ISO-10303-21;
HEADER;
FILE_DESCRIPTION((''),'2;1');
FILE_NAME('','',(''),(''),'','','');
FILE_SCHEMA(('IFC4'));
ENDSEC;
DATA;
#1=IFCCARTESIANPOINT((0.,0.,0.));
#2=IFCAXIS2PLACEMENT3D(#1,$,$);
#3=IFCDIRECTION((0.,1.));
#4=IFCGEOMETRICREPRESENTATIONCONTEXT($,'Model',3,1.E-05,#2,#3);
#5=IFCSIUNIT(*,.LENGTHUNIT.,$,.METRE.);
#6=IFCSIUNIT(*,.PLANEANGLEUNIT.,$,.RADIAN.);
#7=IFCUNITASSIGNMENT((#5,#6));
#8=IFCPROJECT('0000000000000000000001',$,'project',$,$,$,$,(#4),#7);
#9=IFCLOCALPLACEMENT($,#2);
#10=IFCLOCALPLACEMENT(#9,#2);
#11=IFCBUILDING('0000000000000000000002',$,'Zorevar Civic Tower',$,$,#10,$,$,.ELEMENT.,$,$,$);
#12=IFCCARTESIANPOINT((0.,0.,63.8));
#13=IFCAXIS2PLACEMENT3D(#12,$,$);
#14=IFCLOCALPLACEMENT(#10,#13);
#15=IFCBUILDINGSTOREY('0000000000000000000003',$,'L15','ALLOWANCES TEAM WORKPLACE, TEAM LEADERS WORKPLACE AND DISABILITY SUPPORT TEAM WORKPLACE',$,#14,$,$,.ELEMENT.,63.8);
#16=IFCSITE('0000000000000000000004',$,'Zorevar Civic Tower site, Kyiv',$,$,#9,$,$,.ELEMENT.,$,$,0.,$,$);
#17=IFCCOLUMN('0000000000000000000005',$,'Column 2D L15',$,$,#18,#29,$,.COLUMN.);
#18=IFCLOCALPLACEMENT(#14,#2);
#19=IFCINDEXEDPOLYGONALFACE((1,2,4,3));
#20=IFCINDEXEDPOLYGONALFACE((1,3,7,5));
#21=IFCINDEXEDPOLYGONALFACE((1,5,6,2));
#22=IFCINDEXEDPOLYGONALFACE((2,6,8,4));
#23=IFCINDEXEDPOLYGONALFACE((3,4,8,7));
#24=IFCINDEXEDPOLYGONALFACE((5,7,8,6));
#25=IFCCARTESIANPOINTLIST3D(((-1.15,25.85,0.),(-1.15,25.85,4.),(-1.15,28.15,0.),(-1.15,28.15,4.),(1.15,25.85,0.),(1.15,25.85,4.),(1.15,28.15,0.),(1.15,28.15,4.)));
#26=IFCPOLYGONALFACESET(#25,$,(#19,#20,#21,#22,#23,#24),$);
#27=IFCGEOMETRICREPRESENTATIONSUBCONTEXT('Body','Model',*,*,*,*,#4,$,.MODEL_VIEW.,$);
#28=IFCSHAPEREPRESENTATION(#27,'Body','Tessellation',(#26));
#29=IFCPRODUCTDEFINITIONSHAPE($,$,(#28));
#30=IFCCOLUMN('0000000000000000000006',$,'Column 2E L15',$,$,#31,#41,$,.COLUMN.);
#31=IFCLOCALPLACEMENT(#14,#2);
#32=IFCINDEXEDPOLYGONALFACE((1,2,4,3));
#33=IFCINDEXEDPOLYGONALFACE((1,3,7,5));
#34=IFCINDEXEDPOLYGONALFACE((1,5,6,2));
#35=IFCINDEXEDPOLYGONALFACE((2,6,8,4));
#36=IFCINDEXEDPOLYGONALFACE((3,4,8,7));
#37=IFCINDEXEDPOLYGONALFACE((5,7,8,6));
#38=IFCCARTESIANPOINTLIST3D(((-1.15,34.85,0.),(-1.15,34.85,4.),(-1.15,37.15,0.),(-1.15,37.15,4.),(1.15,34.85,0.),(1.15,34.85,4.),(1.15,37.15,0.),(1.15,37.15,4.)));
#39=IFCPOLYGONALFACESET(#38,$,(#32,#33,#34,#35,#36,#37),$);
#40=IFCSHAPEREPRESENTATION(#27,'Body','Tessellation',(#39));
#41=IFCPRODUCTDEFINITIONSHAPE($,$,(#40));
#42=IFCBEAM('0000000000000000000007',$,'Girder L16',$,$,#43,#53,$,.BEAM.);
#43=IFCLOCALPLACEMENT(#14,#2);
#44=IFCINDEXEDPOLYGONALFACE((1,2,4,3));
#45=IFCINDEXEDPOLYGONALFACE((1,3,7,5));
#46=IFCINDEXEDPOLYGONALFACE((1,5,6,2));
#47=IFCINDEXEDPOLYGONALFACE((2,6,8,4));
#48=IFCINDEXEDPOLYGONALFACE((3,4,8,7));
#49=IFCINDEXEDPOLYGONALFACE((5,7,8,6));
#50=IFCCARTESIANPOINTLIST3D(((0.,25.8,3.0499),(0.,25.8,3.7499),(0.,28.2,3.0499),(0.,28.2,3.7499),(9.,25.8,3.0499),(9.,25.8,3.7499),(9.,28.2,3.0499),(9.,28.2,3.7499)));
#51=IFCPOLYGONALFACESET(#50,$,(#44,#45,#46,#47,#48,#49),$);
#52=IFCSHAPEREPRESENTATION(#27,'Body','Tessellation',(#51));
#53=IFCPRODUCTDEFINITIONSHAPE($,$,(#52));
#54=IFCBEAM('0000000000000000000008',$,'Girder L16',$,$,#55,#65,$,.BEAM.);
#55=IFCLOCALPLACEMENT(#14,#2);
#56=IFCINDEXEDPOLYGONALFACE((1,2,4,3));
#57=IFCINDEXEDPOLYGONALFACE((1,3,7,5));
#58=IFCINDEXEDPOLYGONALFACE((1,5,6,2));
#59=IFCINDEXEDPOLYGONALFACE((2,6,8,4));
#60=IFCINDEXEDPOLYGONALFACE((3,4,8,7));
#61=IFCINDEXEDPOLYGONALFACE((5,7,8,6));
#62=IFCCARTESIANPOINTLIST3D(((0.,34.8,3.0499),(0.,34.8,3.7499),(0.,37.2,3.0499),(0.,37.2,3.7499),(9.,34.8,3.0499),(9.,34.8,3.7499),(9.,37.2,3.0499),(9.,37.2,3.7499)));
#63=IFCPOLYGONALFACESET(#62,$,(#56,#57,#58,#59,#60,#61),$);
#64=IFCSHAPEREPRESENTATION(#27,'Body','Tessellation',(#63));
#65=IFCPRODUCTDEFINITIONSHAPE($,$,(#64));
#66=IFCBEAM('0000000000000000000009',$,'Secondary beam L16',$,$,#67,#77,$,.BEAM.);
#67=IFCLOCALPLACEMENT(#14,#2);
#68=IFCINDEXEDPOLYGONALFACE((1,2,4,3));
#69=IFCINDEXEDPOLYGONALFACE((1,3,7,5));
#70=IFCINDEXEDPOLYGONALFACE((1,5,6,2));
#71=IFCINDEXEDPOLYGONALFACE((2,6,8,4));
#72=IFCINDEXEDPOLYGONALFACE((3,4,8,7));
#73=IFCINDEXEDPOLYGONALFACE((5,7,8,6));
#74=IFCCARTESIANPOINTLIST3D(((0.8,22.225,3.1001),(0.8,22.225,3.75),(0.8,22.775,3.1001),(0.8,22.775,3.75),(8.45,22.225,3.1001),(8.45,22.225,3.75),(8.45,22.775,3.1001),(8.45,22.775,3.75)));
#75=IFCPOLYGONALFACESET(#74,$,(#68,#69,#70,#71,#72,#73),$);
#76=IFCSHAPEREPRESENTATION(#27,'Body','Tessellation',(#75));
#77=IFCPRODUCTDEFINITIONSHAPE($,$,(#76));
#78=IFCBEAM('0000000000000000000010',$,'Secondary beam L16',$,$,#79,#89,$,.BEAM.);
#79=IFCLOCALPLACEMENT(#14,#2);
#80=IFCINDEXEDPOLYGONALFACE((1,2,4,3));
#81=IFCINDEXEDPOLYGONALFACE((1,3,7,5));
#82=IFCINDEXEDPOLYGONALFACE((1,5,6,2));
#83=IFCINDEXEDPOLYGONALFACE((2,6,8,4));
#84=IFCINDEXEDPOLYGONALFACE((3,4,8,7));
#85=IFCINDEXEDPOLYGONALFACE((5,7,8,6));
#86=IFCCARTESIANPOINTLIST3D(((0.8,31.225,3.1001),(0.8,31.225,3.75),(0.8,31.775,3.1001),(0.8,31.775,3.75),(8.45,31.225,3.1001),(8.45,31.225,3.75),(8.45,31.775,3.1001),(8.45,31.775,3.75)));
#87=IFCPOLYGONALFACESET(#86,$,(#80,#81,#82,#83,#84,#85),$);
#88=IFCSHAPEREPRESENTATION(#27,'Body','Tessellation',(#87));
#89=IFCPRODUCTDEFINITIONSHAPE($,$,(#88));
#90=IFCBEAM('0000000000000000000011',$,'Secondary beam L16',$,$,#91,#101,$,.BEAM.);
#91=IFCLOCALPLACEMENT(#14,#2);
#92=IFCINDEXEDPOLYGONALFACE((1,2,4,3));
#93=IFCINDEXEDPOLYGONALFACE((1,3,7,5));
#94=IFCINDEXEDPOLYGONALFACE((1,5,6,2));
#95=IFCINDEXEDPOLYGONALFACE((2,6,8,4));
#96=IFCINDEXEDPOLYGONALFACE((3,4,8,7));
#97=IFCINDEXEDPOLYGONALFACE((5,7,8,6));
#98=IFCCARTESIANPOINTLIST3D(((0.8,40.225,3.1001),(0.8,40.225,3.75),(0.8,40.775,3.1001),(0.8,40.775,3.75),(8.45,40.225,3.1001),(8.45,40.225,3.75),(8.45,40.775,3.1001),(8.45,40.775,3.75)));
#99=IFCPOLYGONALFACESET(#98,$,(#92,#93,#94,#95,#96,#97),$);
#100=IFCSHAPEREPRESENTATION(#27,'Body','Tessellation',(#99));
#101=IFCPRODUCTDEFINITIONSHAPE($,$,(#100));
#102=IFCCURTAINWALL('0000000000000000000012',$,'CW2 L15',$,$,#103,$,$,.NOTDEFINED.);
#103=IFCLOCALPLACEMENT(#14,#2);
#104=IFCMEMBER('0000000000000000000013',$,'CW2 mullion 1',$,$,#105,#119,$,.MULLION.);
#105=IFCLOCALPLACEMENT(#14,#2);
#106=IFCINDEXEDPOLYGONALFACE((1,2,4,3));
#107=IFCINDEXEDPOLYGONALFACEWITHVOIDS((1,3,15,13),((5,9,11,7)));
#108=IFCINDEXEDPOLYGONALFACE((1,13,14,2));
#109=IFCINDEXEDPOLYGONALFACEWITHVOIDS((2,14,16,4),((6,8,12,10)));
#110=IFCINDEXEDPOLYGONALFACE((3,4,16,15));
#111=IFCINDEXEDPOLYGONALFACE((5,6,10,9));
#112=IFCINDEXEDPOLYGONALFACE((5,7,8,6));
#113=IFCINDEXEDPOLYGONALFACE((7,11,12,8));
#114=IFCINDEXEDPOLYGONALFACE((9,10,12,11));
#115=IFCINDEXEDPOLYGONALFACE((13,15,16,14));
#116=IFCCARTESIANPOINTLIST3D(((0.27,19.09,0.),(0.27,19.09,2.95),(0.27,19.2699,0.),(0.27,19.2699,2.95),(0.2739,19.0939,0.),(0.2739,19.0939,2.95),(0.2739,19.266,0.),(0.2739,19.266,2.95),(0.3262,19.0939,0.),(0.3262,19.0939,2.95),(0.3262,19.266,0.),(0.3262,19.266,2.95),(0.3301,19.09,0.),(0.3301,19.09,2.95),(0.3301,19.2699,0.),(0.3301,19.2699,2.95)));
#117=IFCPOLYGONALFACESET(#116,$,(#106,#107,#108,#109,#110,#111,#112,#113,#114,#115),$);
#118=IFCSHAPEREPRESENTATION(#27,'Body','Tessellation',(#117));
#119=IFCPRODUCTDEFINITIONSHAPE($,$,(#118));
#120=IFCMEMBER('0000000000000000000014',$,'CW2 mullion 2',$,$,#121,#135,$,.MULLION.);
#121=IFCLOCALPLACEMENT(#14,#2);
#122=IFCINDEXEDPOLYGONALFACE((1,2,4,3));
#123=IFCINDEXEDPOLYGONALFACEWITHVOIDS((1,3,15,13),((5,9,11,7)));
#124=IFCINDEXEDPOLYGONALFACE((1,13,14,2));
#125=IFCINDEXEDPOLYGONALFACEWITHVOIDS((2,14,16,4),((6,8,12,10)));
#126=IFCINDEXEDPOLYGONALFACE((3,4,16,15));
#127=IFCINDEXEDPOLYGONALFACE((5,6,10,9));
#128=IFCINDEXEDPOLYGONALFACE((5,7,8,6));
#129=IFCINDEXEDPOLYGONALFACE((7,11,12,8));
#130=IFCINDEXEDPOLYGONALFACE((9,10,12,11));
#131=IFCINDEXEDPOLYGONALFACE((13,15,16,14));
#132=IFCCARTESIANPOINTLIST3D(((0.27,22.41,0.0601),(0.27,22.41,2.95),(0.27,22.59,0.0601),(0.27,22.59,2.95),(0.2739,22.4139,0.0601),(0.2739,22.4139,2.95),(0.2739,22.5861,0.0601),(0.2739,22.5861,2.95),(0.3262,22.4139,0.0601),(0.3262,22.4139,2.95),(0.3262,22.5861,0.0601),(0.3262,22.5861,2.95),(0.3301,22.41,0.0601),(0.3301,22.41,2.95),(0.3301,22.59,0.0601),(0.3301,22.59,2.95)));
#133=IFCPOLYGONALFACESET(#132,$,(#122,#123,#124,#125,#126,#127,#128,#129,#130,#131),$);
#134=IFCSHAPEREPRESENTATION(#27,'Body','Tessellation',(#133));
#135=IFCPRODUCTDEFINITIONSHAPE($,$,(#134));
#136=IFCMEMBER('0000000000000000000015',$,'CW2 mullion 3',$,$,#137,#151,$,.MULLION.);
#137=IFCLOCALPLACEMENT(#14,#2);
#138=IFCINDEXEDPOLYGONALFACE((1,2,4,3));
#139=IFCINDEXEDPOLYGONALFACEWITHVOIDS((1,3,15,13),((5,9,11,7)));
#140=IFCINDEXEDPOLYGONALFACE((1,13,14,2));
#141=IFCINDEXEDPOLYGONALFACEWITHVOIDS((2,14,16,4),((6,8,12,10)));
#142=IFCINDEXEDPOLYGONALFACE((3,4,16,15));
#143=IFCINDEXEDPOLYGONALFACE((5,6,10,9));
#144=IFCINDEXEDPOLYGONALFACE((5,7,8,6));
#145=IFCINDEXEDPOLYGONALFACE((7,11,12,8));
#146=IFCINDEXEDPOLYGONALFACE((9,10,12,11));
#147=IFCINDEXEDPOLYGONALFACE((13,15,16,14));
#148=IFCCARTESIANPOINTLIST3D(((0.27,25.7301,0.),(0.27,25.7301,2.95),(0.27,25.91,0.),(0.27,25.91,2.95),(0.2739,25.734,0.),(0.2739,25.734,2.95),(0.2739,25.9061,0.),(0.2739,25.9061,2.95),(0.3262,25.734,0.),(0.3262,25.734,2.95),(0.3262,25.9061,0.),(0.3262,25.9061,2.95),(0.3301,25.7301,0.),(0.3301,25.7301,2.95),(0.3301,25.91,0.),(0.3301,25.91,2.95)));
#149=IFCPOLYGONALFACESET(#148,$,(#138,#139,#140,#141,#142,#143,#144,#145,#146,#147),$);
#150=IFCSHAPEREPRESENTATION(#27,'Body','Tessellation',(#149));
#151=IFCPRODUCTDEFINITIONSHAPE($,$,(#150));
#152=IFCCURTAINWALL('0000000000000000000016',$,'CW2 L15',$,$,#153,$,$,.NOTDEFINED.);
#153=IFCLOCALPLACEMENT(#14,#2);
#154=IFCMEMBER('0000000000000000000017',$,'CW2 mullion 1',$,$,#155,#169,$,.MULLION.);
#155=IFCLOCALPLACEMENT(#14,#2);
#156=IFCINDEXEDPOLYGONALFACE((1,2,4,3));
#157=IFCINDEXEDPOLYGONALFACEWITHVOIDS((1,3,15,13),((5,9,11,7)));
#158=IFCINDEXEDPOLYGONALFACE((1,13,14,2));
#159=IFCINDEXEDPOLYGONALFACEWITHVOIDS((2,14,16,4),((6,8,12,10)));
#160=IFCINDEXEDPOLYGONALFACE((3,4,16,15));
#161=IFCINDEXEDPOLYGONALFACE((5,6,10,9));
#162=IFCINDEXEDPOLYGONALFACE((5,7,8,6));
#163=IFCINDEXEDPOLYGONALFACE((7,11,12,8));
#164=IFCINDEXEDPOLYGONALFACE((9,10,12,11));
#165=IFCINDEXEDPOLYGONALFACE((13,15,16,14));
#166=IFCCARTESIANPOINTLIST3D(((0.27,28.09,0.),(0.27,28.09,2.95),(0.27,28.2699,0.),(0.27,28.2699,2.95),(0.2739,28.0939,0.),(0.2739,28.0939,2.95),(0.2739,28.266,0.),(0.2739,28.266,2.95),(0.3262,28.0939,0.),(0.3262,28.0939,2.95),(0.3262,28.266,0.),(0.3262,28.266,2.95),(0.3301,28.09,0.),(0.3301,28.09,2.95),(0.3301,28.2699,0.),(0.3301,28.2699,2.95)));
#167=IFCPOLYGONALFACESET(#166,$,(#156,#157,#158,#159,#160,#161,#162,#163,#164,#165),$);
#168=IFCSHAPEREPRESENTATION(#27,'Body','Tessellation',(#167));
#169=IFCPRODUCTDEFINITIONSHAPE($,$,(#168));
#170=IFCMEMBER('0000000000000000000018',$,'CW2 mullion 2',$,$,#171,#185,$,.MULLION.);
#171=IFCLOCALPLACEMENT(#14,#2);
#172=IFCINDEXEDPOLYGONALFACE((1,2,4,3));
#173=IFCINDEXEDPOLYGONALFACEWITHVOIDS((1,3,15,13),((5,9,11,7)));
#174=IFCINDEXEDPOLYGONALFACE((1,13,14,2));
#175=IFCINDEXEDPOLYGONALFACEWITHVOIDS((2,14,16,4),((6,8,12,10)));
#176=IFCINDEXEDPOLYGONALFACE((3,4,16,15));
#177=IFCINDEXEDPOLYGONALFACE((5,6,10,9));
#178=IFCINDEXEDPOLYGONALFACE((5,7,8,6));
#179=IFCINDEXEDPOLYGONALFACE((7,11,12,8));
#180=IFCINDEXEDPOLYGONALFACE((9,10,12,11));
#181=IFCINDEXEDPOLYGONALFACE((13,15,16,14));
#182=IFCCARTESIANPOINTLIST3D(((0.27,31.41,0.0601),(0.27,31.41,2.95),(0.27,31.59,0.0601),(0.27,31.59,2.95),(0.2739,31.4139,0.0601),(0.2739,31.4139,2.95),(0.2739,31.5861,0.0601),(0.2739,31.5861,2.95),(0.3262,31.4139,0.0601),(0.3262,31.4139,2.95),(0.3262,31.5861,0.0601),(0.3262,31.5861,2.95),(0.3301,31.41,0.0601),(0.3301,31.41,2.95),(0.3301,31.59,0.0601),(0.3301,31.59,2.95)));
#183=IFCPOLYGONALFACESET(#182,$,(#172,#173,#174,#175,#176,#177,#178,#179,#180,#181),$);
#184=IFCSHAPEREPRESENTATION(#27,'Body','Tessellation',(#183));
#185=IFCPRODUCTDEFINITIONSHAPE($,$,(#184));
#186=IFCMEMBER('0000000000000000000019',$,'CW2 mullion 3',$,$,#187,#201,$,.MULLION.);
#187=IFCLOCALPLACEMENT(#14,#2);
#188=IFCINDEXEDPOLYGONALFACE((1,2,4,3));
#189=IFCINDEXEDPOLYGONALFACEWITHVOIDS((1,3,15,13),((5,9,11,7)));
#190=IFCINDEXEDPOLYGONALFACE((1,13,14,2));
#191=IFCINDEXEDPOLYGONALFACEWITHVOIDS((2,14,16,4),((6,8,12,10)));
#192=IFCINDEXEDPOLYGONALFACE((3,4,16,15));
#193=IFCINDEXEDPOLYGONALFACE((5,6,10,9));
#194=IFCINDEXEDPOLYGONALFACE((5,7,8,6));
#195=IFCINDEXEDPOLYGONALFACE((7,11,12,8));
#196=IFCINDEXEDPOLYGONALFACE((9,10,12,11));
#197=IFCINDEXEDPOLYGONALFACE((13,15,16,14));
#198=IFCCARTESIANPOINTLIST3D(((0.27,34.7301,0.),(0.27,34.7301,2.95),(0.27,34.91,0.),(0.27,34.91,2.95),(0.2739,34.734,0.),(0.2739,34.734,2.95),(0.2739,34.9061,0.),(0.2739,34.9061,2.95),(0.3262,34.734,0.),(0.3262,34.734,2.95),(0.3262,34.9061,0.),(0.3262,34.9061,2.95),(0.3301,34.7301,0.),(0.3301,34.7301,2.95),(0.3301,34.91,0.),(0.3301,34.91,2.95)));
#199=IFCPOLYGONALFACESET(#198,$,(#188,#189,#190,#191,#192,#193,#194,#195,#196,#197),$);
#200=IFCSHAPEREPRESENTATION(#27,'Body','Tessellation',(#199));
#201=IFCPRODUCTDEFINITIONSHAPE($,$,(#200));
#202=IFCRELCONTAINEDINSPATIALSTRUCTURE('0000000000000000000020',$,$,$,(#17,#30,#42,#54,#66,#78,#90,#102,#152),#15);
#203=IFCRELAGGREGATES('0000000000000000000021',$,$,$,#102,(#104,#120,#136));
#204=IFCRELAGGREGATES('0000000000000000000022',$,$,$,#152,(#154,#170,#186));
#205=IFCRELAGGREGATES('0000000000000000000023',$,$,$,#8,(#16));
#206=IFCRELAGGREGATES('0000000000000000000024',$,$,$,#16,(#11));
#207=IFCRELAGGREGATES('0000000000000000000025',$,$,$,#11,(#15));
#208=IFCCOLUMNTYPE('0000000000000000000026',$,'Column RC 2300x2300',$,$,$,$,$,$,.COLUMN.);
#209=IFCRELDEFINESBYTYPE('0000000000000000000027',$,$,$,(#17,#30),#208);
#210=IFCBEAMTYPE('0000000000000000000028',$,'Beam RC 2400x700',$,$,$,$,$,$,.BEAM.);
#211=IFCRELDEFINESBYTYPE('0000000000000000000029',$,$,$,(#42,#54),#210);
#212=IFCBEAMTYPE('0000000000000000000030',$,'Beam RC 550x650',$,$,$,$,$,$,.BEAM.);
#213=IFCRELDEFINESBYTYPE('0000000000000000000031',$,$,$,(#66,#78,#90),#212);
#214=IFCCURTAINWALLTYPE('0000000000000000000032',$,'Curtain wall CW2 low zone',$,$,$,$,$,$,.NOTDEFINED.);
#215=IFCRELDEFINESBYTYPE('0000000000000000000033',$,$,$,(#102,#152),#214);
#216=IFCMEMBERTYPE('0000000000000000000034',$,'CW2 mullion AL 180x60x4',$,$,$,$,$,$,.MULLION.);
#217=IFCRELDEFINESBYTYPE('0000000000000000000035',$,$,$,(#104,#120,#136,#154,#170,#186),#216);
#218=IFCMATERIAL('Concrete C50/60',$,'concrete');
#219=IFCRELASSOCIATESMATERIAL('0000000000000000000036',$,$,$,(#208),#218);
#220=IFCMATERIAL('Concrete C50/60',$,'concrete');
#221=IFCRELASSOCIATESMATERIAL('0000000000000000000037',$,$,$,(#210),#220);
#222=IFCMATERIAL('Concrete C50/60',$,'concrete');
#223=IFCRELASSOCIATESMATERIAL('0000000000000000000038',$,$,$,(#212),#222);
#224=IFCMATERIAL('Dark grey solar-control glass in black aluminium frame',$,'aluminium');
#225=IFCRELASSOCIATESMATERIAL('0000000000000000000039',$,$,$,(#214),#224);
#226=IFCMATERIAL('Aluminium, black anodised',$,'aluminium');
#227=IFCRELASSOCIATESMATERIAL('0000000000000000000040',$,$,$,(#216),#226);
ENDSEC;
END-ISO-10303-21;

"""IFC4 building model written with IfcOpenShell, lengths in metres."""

from ifc_helpers import new_model, si_unit, direction, frame, origin, origin_2d, place, context, subcontext, project, spatial, rectangle, hollow_rectangle, extrude, material, material_profile, profile_set, type_object, element, aggregate, save


model = new_model("IFC4")

# Units and contexts
model_context = context("Model", 3, precision=1e-05, world=origin(), true_north=direction((0.0, 1.0)))
body_context = subcontext(model_context, "Body", "Model", "MODEL_VIEW")
ifc_project = project(units=[si_unit("LENGTHUNIT", "METRE"), si_unit("PLANEANGLEUNIT", "RADIAN")], contexts=[model_context])

# Site, building, storey
site_placement = place(None, origin())
site = spatial("IfcSite", under=ifc_project, at=site_placement, Name="Zorevar Civic Tower site, Kyiv", CompositionType="ELEMENT", RefElevation=0.0)
building_placement = place(site_placement, origin())
building = spatial("IfcBuilding", under=site, at=building_placement, Name="Zorevar Civic Tower", CompositionType="ELEMENT")
storey_placement = place(building_placement, frame((0.0, 0.0, 63.8)))
storey = spatial("IfcBuildingStorey", under=building, at=storey_placement, Name="L15", Description="ALLOWANCES TEAM WORKPLACE, TEAM LEADERS WORKPLACE AND DISABILITY SUPPORT TEAM WORKPLACE", CompositionType="ELEMENT", Elevation=63.8)

# Columns
ifc_material_1 = material(Name="Concrete C50/60", Category="concrete")
ifc_material_profile_1 = material_profile(ifc_material_1, rectangle(XDim=2.3, YDim=2.3, at=origin_2d()), Name="RC 2300x2300")
ifc_profile_set_1 = profile_set([ifc_material_profile_1], Name="Concrete C50/60")
column_type = type_object("IfcColumnType", Name="Column RC 2300x2300", PredefinedType="COLUMN", material=ifc_profile_set_1)
for number, where, z_axis, x_axis, name in (
    (1, (0.0, 27.0, 0.0), (0.0, 0.0, 1.0), (1.0, 0.0, 0.0), "Column 2D L15"),
    (2, (0.0, 36.0, 0.0), (0.0, 0.0, 1.0), (1.0, 0.0, 0.0), "Column 2E L15"),
):
    element("IfcColumn", number, at=place(storey_placement, frame(where, z_axis=z_axis, x_axis=x_axis)), inside=storey, type_object=column_type, Name=name, PredefinedType="COLUMN", context=body_context, shape_type="SweptSolid", body=[
        extrude(rectangle(XDim=2.3, YDim=2.3, at=origin_2d()), origin(), (0.0, 0.0, 1.0), 4.0),
    ])

# Beams
ifc_material_2 = material(Name="Concrete C50/60", Category="concrete")
ifc_material_profile_2 = material_profile(ifc_material_2, rectangle(XDim=2.3999, YDim=0.7, at=origin_2d()), Name="RC 2400x700")
ifc_profile_set_2 = profile_set([ifc_material_profile_2], Name="Concrete C50/60")
beam_type_1 = type_object("IfcBeamType", Name="Beam RC 2400x700", PredefinedType="BEAM", material=ifc_profile_set_2)
for number, where, z_axis, x_axis, name in (
    (3, (0.0, 27.0, 3.3999), (1.0, 0.0, 0.0), (0.0, 1.0, 0.0), "Girder L16"),
    (4, (0.0, 36.0, 3.3999), (1.0, 0.0, 0.0), (0.0, 1.0, 0.0), "Girder L16"),
):
    element("IfcBeam", number, at=place(storey_placement, frame(where, z_axis=z_axis, x_axis=x_axis)), inside=storey, type_object=beam_type_1, Name=name, PredefinedType="BEAM", context=body_context, shape_type="SweptSolid", body=[
        extrude(rectangle(XDim=2.3999, YDim=0.7, at=origin_2d()), origin(), (0.0, 0.0, 1.0), 9.0),
    ])
ifc_material_3 = material(Name="Concrete C50/60", Category="concrete")
ifc_material_profile_3 = material_profile(ifc_material_3, rectangle(XDim=0.55, YDim=0.6499, at=origin_2d()), Name="RC 550x650")
ifc_profile_set_3 = profile_set([ifc_material_profile_3], Name="Concrete C50/60")
beam_type_2 = type_object("IfcBeamType", Name="Beam RC 550x650", PredefinedType="BEAM", material=ifc_profile_set_3)
for number, where, z_axis, x_axis, name in (
    (5, (0.8, 22.5, 3.425), (1.0, 0.0, 0.0), (0.0, 1.0, 0.0), "Secondary beam L16"),
    (6, (0.8, 31.5, 3.425), (1.0, 0.0, 0.0), (0.0, 1.0, 0.0), "Secondary beam L16"),
    (7, (0.8, 40.5, 3.425), (1.0, 0.0, 0.0), (0.0, 1.0, 0.0), "Secondary beam L16"),
):
    element("IfcBeam", number, at=place(storey_placement, frame(where, z_axis=z_axis, x_axis=x_axis)), inside=storey, type_object=beam_type_2, Name=name, PredefinedType="BEAM", context=body_context, shape_type="SweptSolid", body=[
        extrude(rectangle(XDim=0.55, YDim=0.6499, at=origin_2d()), origin(), (0.0, 0.0, 1.0), 7.6499),
    ])

# Curtain walls, members
ifc_material_4 = material(Name="Dark grey solar-control glass in black aluminium frame", Category="aluminium")
curtain_wall_type = type_object("IfcCurtainWallType", Name="Curtain wall CW2 low zone", PredefinedType="NOTDEFINED", material=ifc_material_4)
curtain_wall_1_placement = place(storey_placement, origin())
curtain_wall_1 = element("IfcCurtainWall", 8, at=curtain_wall_1_placement, inside=storey, type_object=curtain_wall_type, Name="CW2 L15", PredefinedType="NOTDEFINED")
ifc_material_5 = material(Name="Aluminium, black anodised", Category="aluminium")
ifc_material_profile_4 = material_profile(ifc_material_5, hollow_rectangle(XDim=0.0601, YDim=0.1799, WallThickness=0.0039, at=origin_2d()), Name="AL 180x60x4")
ifc_profile_set_4 = profile_set([ifc_material_profile_4], Name="Aluminium, black anodised")
member_type_1 = type_object("IfcMemberType", Name="CW2 mullion AL 180x60x4", PredefinedType="MULLION", material=ifc_profile_set_4)
member_1_placement = place(storey_placement, frame((0.3, 19.1799, 0.0), z_axis=(0.0, 0.0, 1.0), x_axis=(-1.0, 0.0, 0.0)))
member_1 = element("IfcMember", 9, at=member_1_placement, type_object=member_type_1, Name="CW2 mullion 1", PredefinedType="MULLION", context=body_context, shape_type="SweptSolid", body=[
    extrude(hollow_rectangle(XDim=0.0601, YDim=0.1799, WallThickness=0.0039, at=origin_2d()), origin(), (0.0, 0.0, 1.0), 2.95),
])
member_2_placement = place(storey_placement, frame((0.3, 22.5, 0.0601), z_axis=(0.0, 0.0, 1.0), x_axis=(-1.0, 0.0, 0.0)))
member_2 = element("IfcMember", 10, at=member_2_placement, type_object=member_type_1, Name="CW2 mullion 2", PredefinedType="MULLION", context=body_context, shape_type="SweptSolid", body=[
    extrude(hollow_rectangle(XDim=0.0601, YDim=0.1799, WallThickness=0.0039, at=origin_2d()), origin(), (0.0, 0.0, 1.0), 2.8899),
])
member_3_placement = place(storey_placement, frame((0.3, 25.8201, 0.0), z_axis=(0.0, 0.0, 1.0), x_axis=(-1.0, 0.0, 0.0)))
member_3 = element("IfcMember", 11, at=member_3_placement, type_object=member_type_1, Name="CW2 mullion 3", PredefinedType="MULLION", context=body_context, shape_type="SweptSolid", body=[
    extrude(hollow_rectangle(XDim=0.0601, YDim=0.1799, WallThickness=0.0039, at=origin_2d()), origin(), (0.0, 0.0, 1.0), 2.95),
])
curtain_wall_2_placement = place(storey_placement, origin())
curtain_wall_2 = element("IfcCurtainWall", 12, at=curtain_wall_2_placement, inside=storey, type_object=curtain_wall_type, Name="CW2 L15", PredefinedType="NOTDEFINED")
member_4_placement = place(storey_placement, frame((0.3, 28.1799, 0.0), z_axis=(0.0, 0.0, 1.0), x_axis=(-1.0, 0.0, 0.0)))
member_4 = element("IfcMember", 13, at=member_4_placement, type_object=member_type_1, Name="CW2 mullion 1", PredefinedType="MULLION", context=body_context, shape_type="SweptSolid", body=[
    extrude(hollow_rectangle(XDim=0.0601, YDim=0.1799, WallThickness=0.0039, at=origin_2d()), origin(), (0.0, 0.0, 1.0), 2.95),
])
member_5_placement = place(storey_placement, frame((0.3, 31.5, 0.0601), z_axis=(0.0, 0.0, 1.0), x_axis=(-1.0, 0.0, 0.0)))
member_5 = element("IfcMember", 14, at=member_5_placement, type_object=member_type_1, Name="CW2 mullion 2", PredefinedType="MULLION", context=body_context, shape_type="SweptSolid", body=[
    extrude(hollow_rectangle(XDim=0.0601, YDim=0.1799, WallThickness=0.0039, at=origin_2d()), origin(), (0.0, 0.0, 1.0), 2.8899),
])
member_6_placement = place(storey_placement, frame((0.3, 34.8201, 0.0), z_axis=(0.0, 0.0, 1.0), x_axis=(-1.0, 0.0, 0.0)))
member_6 = element("IfcMember", 15, at=member_6_placement, type_object=member_type_1, Name="CW2 mullion 3", PredefinedType="MULLION", context=body_context, shape_type="SweptSolid", body=[
    extrude(hollow_rectangle(XDim=0.0601, YDim=0.1799, WallThickness=0.0039, at=origin_2d()), origin(), (0.0, 0.0, 1.0), 2.95),
])

aggregate(curtain_wall_1, [member_1, member_2, member_3])
aggregate(curtain_wall_2, [member_4, member_5, member_6])

save(model, "model.ifc")
